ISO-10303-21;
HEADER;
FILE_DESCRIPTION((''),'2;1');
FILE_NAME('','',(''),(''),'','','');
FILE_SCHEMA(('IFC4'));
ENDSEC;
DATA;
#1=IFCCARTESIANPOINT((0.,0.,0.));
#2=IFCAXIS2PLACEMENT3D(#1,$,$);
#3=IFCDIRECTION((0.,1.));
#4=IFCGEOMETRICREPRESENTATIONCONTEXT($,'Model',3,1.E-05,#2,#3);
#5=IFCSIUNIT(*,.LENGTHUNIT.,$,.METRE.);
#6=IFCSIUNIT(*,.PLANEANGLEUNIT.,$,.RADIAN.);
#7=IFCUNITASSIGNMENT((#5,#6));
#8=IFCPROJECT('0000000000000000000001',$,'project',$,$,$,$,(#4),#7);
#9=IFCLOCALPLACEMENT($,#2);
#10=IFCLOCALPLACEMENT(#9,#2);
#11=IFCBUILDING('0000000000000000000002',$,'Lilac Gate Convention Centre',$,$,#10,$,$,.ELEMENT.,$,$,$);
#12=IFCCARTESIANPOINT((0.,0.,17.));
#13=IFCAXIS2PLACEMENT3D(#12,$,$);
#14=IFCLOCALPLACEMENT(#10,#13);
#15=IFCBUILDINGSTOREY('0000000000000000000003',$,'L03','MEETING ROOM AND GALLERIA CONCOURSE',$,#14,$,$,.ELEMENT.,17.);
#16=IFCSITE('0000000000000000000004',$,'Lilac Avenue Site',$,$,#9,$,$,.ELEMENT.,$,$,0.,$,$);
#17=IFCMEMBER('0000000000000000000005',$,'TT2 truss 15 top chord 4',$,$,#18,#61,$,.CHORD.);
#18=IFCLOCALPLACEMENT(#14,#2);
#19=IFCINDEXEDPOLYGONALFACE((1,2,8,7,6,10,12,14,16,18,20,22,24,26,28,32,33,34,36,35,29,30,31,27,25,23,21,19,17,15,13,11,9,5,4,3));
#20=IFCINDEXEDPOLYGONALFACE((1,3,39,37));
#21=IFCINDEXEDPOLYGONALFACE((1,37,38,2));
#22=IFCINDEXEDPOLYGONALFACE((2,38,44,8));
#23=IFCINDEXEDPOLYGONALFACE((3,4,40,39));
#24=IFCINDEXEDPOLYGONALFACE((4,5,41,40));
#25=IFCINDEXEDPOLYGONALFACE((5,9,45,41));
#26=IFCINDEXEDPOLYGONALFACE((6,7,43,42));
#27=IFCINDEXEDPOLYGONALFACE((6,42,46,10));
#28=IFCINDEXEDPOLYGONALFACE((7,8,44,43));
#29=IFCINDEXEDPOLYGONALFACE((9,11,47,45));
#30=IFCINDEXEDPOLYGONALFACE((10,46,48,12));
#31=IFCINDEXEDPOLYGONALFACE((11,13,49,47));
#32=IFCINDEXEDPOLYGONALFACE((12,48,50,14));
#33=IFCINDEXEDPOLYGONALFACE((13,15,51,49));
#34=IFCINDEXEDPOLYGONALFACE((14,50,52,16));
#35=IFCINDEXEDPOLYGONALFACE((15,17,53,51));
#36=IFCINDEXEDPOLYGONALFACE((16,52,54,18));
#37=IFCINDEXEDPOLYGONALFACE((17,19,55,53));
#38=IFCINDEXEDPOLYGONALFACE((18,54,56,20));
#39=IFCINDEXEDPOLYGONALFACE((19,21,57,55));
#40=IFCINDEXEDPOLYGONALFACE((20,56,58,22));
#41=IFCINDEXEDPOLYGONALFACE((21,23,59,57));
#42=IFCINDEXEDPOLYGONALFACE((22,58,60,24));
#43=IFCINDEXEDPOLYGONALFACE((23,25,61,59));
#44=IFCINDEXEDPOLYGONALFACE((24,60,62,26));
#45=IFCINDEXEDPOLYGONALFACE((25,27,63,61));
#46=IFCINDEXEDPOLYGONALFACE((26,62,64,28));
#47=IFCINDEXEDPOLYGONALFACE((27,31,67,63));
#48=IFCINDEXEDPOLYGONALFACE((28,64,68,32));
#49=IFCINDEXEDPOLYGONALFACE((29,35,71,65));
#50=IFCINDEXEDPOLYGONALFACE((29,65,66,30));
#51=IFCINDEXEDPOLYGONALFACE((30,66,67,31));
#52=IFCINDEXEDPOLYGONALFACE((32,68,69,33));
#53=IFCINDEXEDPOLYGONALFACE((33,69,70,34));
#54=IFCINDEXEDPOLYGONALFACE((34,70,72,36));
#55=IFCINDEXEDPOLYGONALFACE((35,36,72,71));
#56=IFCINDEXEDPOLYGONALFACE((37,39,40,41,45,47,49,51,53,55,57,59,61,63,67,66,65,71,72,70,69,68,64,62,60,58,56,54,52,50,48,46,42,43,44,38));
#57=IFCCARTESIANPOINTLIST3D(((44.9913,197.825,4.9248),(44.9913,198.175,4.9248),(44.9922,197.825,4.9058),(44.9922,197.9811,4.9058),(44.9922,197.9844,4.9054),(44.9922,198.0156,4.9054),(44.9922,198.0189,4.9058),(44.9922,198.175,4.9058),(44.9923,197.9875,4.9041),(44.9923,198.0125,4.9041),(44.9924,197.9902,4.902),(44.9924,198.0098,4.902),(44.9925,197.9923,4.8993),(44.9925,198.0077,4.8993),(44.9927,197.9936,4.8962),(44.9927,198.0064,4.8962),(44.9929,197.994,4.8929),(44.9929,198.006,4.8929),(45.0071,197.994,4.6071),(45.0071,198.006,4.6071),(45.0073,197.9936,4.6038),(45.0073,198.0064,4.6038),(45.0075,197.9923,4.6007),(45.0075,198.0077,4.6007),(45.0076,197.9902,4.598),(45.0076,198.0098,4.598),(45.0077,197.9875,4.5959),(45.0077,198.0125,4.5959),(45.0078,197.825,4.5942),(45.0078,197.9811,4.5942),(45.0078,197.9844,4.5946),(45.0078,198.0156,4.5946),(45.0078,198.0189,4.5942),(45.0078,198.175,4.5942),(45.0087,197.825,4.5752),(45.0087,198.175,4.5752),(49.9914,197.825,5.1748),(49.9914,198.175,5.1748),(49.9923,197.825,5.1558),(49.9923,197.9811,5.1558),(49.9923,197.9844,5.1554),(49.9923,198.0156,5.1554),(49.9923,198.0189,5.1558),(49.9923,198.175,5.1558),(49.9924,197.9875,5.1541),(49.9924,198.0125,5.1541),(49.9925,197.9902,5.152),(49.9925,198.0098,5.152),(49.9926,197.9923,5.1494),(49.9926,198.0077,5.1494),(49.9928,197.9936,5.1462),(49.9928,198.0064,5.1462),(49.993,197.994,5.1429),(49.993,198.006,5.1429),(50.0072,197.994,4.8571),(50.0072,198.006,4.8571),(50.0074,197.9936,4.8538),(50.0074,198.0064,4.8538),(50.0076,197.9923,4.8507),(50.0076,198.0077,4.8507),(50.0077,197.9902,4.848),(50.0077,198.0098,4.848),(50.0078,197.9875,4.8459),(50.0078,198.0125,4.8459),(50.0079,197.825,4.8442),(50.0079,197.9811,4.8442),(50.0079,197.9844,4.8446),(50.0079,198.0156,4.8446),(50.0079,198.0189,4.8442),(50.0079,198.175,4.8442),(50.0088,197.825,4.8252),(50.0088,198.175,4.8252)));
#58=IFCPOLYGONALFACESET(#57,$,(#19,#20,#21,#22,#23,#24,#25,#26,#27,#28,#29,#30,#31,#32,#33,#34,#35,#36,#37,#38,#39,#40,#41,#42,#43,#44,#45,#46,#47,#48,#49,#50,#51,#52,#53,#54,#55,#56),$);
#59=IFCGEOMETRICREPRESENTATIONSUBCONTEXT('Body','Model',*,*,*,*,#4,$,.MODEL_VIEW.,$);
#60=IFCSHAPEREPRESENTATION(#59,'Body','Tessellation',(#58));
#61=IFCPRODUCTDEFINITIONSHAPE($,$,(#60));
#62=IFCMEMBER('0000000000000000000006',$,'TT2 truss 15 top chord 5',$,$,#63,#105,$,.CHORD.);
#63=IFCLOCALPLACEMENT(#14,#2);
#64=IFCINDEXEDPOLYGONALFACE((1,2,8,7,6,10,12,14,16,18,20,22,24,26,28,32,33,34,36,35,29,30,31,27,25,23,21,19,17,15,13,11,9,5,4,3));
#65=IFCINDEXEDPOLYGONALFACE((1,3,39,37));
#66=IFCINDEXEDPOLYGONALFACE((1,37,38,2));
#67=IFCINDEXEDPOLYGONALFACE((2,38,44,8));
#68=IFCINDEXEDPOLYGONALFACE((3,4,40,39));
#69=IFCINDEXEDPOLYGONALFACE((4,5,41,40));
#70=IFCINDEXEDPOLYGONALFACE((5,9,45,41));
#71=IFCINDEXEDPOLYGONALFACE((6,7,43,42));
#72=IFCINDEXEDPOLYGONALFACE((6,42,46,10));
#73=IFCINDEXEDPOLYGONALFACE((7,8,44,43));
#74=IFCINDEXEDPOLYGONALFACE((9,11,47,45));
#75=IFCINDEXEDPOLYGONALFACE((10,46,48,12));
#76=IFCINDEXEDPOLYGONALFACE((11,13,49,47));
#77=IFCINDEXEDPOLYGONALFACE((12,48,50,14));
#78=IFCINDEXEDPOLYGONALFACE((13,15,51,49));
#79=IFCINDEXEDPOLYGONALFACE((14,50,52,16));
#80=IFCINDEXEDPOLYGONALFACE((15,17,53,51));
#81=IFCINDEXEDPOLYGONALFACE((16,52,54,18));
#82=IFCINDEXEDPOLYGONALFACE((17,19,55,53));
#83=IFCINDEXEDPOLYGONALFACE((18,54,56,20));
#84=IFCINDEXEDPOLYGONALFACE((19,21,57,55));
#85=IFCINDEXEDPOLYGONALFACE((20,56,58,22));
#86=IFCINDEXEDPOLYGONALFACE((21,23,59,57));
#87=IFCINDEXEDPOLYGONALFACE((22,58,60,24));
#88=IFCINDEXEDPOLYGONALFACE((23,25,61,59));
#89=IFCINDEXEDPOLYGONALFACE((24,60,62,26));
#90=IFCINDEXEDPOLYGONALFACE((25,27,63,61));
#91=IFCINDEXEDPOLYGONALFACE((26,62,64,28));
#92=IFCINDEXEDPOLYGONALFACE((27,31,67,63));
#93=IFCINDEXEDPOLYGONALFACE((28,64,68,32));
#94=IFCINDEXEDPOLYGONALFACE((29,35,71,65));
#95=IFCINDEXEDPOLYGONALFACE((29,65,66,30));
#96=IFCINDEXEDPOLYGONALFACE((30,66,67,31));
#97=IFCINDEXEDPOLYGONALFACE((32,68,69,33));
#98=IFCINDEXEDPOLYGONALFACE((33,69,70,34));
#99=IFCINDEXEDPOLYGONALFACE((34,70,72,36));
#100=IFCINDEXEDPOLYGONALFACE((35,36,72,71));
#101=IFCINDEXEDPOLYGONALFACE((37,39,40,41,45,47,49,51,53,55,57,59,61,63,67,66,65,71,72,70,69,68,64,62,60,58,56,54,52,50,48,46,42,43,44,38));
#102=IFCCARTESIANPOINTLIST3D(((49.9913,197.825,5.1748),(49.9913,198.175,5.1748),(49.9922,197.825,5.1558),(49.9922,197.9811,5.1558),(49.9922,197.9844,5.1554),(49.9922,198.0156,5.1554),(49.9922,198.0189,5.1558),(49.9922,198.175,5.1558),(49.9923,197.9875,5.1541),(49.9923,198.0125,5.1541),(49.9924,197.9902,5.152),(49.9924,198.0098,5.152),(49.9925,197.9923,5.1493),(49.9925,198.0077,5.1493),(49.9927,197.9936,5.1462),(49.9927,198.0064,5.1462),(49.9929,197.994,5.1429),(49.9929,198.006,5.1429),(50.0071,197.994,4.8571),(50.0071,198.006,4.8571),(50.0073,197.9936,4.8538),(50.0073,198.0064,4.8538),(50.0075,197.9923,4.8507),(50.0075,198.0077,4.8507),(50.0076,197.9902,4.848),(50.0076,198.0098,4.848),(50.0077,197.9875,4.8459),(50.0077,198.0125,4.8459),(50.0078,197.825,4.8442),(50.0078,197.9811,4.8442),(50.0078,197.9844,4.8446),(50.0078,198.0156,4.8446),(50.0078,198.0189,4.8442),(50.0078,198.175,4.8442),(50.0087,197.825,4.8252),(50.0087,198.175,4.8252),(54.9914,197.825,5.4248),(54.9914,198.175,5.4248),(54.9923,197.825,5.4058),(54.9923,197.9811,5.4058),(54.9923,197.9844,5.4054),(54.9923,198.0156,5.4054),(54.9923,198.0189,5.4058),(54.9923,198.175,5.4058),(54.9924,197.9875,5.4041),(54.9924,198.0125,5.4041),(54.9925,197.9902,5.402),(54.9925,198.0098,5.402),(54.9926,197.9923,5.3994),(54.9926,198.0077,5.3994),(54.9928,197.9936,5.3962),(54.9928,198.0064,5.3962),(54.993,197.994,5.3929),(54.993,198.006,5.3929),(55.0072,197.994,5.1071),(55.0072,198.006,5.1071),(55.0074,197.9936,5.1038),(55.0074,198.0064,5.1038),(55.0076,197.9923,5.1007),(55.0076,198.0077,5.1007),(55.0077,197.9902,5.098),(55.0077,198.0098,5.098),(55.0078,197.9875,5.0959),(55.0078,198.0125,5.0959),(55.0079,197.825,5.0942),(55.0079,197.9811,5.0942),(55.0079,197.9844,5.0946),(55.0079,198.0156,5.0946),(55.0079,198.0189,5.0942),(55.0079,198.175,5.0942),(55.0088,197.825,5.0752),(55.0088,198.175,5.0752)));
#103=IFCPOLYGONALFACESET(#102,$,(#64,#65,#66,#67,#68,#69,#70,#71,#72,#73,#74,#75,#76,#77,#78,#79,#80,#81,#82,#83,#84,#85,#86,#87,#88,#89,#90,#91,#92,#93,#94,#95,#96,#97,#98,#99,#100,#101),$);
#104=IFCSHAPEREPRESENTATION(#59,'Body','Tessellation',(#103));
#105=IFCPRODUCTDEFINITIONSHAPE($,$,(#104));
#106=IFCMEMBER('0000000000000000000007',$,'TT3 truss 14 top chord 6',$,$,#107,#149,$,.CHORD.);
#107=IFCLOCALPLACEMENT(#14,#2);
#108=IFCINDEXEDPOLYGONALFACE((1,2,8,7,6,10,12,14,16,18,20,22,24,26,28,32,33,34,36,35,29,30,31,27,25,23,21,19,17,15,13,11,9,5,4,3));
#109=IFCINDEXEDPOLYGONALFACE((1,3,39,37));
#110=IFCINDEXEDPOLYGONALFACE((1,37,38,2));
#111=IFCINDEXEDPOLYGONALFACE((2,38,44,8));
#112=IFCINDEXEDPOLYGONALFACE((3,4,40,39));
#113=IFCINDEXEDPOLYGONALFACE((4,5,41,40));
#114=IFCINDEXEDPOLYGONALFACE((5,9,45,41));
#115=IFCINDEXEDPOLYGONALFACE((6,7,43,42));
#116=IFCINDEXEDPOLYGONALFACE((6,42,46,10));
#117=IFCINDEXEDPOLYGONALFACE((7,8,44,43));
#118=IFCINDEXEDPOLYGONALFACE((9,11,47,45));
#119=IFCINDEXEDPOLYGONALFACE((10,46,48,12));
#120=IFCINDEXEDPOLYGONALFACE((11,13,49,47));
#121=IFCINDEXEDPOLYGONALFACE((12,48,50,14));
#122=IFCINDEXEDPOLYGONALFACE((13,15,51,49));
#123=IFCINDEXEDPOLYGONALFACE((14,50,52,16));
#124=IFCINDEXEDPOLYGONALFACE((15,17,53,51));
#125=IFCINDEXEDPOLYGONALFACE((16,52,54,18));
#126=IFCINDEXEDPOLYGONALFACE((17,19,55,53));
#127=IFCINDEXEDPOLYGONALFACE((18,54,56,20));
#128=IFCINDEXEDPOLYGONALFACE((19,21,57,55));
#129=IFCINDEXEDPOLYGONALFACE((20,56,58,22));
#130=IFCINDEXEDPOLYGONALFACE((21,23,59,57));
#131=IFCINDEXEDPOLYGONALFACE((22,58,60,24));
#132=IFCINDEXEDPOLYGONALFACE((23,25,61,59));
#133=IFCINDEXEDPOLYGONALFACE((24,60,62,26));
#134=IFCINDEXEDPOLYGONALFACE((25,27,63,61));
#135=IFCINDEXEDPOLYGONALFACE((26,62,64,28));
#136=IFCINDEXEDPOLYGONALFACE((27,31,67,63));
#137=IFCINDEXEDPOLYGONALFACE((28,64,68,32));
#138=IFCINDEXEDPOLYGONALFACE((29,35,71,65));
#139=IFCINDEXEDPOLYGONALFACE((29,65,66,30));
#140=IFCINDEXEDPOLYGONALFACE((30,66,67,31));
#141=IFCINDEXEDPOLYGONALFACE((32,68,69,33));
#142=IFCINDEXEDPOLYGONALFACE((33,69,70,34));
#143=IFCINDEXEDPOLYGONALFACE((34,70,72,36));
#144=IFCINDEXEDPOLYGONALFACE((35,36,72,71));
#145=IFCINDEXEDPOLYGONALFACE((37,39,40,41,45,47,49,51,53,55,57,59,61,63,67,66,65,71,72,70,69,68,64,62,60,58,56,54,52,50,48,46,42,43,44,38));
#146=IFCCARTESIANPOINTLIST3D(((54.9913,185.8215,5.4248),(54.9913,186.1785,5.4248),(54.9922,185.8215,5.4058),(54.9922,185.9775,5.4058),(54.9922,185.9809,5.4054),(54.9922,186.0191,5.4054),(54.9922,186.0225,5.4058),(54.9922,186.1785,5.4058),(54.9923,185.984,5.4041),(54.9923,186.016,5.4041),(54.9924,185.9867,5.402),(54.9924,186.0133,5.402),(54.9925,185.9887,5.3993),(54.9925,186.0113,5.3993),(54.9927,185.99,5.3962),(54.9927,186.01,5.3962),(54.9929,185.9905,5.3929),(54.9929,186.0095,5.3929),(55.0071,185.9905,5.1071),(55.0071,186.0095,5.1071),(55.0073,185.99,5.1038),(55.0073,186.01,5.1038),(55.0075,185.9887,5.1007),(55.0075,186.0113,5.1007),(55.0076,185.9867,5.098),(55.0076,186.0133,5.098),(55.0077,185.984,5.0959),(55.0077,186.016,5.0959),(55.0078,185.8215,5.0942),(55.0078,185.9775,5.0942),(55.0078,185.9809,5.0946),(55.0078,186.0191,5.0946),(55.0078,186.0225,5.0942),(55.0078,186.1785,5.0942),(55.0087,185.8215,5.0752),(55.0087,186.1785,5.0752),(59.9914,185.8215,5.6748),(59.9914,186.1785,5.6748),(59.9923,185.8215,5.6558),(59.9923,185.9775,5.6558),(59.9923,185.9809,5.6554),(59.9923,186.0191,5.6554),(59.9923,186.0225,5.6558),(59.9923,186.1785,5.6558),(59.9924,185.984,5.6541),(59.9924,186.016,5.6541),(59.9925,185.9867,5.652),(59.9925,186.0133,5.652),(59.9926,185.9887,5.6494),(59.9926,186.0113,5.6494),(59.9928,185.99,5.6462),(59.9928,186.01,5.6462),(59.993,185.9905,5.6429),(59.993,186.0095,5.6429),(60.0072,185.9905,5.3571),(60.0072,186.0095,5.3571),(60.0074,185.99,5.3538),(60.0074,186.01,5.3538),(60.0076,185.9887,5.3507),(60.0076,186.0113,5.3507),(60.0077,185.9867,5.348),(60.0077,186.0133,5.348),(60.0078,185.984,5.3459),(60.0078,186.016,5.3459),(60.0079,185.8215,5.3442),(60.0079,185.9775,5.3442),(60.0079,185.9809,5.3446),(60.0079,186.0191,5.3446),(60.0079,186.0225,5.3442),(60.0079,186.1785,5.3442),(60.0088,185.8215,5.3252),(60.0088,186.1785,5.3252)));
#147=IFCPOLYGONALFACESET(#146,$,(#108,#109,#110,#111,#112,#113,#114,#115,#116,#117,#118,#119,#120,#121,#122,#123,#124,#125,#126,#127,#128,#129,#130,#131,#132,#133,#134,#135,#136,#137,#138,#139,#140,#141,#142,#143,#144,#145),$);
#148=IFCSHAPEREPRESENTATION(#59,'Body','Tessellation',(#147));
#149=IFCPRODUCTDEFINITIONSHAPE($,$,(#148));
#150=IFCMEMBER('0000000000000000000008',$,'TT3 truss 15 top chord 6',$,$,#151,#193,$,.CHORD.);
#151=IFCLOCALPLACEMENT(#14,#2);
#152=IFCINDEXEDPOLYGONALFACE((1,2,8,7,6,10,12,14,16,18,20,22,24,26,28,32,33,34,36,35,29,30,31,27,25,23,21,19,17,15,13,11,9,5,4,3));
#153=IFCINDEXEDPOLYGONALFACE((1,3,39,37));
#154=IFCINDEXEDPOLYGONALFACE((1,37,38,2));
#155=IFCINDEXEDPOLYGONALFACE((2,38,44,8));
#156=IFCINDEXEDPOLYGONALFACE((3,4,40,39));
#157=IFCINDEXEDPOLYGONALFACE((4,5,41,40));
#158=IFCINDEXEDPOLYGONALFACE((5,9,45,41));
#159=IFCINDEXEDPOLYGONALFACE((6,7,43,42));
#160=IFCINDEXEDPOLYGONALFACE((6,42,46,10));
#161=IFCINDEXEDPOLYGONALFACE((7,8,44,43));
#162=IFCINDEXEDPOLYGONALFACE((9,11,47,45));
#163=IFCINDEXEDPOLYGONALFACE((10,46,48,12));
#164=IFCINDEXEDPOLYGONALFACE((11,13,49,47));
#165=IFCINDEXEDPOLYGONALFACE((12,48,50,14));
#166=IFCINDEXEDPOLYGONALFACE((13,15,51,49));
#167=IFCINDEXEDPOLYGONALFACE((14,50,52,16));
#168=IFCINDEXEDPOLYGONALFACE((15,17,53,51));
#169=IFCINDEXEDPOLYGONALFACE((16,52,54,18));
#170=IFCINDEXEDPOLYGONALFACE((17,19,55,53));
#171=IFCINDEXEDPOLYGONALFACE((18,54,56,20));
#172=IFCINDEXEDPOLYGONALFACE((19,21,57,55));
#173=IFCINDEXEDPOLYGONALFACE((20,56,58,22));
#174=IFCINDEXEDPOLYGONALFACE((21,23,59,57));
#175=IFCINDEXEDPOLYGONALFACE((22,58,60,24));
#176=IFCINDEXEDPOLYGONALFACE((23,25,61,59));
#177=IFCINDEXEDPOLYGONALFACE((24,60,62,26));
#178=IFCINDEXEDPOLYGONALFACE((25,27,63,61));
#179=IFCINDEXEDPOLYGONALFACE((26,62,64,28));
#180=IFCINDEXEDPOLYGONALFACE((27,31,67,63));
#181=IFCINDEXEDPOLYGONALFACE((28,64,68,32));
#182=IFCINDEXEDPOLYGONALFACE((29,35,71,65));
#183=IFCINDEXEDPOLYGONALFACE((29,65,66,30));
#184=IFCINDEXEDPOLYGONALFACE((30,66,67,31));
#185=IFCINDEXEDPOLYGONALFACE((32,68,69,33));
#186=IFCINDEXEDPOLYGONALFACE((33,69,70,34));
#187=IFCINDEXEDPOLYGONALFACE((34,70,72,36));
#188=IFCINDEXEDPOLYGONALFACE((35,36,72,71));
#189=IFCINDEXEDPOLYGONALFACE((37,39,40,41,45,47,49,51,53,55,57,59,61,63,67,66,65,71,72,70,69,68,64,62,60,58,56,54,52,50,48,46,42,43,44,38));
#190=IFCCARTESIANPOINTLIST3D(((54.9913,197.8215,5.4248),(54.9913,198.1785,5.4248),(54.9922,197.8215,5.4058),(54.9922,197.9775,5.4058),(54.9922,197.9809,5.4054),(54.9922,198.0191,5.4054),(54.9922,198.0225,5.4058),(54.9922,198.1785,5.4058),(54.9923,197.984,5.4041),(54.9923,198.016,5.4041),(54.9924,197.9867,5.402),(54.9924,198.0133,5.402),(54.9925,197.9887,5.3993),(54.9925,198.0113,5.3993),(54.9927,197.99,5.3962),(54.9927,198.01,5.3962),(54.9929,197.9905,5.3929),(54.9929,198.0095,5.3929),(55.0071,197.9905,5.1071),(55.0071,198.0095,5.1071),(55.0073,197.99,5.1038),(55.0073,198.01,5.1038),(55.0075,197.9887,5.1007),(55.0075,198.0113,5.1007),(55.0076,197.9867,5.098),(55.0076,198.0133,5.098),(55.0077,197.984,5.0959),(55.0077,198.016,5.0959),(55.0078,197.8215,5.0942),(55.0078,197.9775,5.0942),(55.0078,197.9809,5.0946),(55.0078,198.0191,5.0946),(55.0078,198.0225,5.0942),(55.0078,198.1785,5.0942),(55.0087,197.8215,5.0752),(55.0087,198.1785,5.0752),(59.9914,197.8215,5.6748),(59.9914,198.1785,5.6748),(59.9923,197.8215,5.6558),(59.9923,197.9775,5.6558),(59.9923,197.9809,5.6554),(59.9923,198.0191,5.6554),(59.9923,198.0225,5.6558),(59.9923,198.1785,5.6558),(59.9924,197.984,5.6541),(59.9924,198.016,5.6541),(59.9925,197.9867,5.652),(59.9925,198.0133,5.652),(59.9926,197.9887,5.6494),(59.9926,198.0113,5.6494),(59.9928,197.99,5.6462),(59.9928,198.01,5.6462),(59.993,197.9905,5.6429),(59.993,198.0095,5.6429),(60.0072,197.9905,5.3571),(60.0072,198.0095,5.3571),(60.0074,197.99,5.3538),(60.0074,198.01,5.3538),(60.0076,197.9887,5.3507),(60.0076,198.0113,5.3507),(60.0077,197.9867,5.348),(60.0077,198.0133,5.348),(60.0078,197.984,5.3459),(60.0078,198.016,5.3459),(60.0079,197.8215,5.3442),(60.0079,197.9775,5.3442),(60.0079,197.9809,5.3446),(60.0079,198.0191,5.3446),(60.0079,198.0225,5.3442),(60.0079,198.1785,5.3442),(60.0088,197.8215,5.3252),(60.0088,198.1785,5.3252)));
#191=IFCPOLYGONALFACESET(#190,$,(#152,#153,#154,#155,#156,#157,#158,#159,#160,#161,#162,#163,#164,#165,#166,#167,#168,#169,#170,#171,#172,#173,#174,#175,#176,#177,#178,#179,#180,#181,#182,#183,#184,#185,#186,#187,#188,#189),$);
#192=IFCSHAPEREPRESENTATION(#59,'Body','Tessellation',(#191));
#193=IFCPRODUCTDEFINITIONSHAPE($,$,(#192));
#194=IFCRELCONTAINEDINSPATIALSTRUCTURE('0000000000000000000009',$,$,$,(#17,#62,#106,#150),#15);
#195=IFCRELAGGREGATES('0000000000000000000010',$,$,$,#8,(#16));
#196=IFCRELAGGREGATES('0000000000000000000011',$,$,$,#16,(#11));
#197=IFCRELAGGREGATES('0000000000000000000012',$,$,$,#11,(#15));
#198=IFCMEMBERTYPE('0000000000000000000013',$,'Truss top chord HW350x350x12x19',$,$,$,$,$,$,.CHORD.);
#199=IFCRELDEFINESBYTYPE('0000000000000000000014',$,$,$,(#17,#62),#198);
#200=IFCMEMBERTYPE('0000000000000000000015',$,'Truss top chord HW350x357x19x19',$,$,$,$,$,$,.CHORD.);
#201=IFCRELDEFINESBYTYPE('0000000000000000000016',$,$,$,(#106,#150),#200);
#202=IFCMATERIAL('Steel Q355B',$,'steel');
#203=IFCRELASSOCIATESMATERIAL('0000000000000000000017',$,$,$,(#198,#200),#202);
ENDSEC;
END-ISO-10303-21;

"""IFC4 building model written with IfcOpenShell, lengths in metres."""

from ifc_helpers import new_model, si_unit, direction, frame, origin, origin_2d, place, context, subcontext, project, spatial, i_section, extrude, material, material_profile, profile_set, type_object, element, save


model = new_model("IFC4")

# Units and contexts
model_context = context("Model", 3, precision=1e-05, world=origin(), true_north=direction((0.0, 1.0)))
body_context = subcontext(model_context, "Body", "Model", "MODEL_VIEW")
ifc_project = project(units=[si_unit("LENGTHUNIT", "METRE"), si_unit("PLANEANGLEUNIT", "RADIAN")], contexts=[model_context])

# Site, building, storey
site_placement = place(None, origin())
site = spatial("IfcSite", under=ifc_project, at=site_placement, Name="Lilac Avenue Site", CompositionType="ELEMENT", RefElevation=0.0)
building_placement = place(site_placement, origin())
building = spatial("IfcBuilding", under=site, at=building_placement, Name="Lilac Gate Convention Centre", CompositionType="ELEMENT")
storey_placement = place(building_placement, frame((0.0, 0.0, 17.0)))
storey = spatial("IfcBuildingStorey", under=building, at=storey_placement, Name="L03", Description="MEETING ROOM AND GALLERIA CONCOURSE", CompositionType="ELEMENT", Elevation=17.0)

# Members
ifc_material = material(Name="Steel Q355B", Category="steel")
ifc_material_profile_1 = material_profile(ifc_material, i_section(OverallWidth=0.3501, OverallDepth=0.3501, WebThickness=0.012, FlangeThickness=0.019, FilletRadius=0.0129, at=origin_2d()), Name="HW350x350x12x19")
ifc_profile_set_1 = profile_set([ifc_material_profile_1], Name="Steel Q355B")
member_type_1 = type_object("IfcMemberType", Name="Truss top chord HW350x350x12x19", PredefinedType="CHORD", material=ifc_profile_set_1)
for number, where, z_axis, x_axis, name in (
    (1, (45.0, 198.0, 4.75), (0.998752, 0.0, 0.049938), (0.0, 1.0, 0.0), "TT2 truss 15 top chord 4"),
    (2, (50.0, 198.0, 5.0), (0.998752, 0.0, 0.049938), (0.0, 1.0, 0.0), "TT2 truss 15 top chord 5"),
):
    element("IfcMember", number, at=place(storey_placement, frame(where, z_axis=z_axis, x_axis=x_axis)), inside=storey, type_object=member_type_1, Name=name, PredefinedType="CHORD", context=body_context, shape_type="SweptSolid", body=[
        extrude(i_section(OverallWidth=0.3501, OverallDepth=0.3501, WebThickness=0.012, FlangeThickness=0.019, FilletRadius=0.0129, at=origin_2d()), origin(), (0.0, 0.0, 1.0), 5.0063),
    ])
ifc_material_profile_2 = material_profile(ifc_material, i_section(OverallWidth=0.3569, OverallDepth=0.3501, WebThickness=0.019, FlangeThickness=0.019, FilletRadius=0.0129, at=origin_2d()), Name="HW350x357x19x19")
ifc_profile_set_2 = profile_set([ifc_material_profile_2], Name="Steel Q355B")
member_type_2 = type_object("IfcMemberType", Name="Truss top chord HW350x357x19x19", PredefinedType="CHORD", material=ifc_profile_set_2)
for number, where, z_axis, x_axis, name in (
    (3, (55.0, 186.0, 5.25), (0.998752, 0.0, 0.049938), (0.0, 1.0, 0.0), "TT3 truss 14 top chord 6"),
    (4, (55.0, 198.0, 5.25), (0.998752, 0.0, 0.049938), (0.0, 1.0, 0.0), "TT3 truss 15 top chord 6"),
):
    element("IfcMember", number, at=place(storey_placement, frame(where, z_axis=z_axis, x_axis=x_axis)), inside=storey, type_object=member_type_2, Name=name, PredefinedType="CHORD", context=body_context, shape_type="SweptSolid", body=[
        extrude(i_section(OverallWidth=0.3569, OverallDepth=0.3501, WebThickness=0.019, FlangeThickness=0.019, FilletRadius=0.0129, at=origin_2d()), origin(), (0.0, 0.0, 1.0), 5.0063),
    ])

save(model, "model.ifc")
